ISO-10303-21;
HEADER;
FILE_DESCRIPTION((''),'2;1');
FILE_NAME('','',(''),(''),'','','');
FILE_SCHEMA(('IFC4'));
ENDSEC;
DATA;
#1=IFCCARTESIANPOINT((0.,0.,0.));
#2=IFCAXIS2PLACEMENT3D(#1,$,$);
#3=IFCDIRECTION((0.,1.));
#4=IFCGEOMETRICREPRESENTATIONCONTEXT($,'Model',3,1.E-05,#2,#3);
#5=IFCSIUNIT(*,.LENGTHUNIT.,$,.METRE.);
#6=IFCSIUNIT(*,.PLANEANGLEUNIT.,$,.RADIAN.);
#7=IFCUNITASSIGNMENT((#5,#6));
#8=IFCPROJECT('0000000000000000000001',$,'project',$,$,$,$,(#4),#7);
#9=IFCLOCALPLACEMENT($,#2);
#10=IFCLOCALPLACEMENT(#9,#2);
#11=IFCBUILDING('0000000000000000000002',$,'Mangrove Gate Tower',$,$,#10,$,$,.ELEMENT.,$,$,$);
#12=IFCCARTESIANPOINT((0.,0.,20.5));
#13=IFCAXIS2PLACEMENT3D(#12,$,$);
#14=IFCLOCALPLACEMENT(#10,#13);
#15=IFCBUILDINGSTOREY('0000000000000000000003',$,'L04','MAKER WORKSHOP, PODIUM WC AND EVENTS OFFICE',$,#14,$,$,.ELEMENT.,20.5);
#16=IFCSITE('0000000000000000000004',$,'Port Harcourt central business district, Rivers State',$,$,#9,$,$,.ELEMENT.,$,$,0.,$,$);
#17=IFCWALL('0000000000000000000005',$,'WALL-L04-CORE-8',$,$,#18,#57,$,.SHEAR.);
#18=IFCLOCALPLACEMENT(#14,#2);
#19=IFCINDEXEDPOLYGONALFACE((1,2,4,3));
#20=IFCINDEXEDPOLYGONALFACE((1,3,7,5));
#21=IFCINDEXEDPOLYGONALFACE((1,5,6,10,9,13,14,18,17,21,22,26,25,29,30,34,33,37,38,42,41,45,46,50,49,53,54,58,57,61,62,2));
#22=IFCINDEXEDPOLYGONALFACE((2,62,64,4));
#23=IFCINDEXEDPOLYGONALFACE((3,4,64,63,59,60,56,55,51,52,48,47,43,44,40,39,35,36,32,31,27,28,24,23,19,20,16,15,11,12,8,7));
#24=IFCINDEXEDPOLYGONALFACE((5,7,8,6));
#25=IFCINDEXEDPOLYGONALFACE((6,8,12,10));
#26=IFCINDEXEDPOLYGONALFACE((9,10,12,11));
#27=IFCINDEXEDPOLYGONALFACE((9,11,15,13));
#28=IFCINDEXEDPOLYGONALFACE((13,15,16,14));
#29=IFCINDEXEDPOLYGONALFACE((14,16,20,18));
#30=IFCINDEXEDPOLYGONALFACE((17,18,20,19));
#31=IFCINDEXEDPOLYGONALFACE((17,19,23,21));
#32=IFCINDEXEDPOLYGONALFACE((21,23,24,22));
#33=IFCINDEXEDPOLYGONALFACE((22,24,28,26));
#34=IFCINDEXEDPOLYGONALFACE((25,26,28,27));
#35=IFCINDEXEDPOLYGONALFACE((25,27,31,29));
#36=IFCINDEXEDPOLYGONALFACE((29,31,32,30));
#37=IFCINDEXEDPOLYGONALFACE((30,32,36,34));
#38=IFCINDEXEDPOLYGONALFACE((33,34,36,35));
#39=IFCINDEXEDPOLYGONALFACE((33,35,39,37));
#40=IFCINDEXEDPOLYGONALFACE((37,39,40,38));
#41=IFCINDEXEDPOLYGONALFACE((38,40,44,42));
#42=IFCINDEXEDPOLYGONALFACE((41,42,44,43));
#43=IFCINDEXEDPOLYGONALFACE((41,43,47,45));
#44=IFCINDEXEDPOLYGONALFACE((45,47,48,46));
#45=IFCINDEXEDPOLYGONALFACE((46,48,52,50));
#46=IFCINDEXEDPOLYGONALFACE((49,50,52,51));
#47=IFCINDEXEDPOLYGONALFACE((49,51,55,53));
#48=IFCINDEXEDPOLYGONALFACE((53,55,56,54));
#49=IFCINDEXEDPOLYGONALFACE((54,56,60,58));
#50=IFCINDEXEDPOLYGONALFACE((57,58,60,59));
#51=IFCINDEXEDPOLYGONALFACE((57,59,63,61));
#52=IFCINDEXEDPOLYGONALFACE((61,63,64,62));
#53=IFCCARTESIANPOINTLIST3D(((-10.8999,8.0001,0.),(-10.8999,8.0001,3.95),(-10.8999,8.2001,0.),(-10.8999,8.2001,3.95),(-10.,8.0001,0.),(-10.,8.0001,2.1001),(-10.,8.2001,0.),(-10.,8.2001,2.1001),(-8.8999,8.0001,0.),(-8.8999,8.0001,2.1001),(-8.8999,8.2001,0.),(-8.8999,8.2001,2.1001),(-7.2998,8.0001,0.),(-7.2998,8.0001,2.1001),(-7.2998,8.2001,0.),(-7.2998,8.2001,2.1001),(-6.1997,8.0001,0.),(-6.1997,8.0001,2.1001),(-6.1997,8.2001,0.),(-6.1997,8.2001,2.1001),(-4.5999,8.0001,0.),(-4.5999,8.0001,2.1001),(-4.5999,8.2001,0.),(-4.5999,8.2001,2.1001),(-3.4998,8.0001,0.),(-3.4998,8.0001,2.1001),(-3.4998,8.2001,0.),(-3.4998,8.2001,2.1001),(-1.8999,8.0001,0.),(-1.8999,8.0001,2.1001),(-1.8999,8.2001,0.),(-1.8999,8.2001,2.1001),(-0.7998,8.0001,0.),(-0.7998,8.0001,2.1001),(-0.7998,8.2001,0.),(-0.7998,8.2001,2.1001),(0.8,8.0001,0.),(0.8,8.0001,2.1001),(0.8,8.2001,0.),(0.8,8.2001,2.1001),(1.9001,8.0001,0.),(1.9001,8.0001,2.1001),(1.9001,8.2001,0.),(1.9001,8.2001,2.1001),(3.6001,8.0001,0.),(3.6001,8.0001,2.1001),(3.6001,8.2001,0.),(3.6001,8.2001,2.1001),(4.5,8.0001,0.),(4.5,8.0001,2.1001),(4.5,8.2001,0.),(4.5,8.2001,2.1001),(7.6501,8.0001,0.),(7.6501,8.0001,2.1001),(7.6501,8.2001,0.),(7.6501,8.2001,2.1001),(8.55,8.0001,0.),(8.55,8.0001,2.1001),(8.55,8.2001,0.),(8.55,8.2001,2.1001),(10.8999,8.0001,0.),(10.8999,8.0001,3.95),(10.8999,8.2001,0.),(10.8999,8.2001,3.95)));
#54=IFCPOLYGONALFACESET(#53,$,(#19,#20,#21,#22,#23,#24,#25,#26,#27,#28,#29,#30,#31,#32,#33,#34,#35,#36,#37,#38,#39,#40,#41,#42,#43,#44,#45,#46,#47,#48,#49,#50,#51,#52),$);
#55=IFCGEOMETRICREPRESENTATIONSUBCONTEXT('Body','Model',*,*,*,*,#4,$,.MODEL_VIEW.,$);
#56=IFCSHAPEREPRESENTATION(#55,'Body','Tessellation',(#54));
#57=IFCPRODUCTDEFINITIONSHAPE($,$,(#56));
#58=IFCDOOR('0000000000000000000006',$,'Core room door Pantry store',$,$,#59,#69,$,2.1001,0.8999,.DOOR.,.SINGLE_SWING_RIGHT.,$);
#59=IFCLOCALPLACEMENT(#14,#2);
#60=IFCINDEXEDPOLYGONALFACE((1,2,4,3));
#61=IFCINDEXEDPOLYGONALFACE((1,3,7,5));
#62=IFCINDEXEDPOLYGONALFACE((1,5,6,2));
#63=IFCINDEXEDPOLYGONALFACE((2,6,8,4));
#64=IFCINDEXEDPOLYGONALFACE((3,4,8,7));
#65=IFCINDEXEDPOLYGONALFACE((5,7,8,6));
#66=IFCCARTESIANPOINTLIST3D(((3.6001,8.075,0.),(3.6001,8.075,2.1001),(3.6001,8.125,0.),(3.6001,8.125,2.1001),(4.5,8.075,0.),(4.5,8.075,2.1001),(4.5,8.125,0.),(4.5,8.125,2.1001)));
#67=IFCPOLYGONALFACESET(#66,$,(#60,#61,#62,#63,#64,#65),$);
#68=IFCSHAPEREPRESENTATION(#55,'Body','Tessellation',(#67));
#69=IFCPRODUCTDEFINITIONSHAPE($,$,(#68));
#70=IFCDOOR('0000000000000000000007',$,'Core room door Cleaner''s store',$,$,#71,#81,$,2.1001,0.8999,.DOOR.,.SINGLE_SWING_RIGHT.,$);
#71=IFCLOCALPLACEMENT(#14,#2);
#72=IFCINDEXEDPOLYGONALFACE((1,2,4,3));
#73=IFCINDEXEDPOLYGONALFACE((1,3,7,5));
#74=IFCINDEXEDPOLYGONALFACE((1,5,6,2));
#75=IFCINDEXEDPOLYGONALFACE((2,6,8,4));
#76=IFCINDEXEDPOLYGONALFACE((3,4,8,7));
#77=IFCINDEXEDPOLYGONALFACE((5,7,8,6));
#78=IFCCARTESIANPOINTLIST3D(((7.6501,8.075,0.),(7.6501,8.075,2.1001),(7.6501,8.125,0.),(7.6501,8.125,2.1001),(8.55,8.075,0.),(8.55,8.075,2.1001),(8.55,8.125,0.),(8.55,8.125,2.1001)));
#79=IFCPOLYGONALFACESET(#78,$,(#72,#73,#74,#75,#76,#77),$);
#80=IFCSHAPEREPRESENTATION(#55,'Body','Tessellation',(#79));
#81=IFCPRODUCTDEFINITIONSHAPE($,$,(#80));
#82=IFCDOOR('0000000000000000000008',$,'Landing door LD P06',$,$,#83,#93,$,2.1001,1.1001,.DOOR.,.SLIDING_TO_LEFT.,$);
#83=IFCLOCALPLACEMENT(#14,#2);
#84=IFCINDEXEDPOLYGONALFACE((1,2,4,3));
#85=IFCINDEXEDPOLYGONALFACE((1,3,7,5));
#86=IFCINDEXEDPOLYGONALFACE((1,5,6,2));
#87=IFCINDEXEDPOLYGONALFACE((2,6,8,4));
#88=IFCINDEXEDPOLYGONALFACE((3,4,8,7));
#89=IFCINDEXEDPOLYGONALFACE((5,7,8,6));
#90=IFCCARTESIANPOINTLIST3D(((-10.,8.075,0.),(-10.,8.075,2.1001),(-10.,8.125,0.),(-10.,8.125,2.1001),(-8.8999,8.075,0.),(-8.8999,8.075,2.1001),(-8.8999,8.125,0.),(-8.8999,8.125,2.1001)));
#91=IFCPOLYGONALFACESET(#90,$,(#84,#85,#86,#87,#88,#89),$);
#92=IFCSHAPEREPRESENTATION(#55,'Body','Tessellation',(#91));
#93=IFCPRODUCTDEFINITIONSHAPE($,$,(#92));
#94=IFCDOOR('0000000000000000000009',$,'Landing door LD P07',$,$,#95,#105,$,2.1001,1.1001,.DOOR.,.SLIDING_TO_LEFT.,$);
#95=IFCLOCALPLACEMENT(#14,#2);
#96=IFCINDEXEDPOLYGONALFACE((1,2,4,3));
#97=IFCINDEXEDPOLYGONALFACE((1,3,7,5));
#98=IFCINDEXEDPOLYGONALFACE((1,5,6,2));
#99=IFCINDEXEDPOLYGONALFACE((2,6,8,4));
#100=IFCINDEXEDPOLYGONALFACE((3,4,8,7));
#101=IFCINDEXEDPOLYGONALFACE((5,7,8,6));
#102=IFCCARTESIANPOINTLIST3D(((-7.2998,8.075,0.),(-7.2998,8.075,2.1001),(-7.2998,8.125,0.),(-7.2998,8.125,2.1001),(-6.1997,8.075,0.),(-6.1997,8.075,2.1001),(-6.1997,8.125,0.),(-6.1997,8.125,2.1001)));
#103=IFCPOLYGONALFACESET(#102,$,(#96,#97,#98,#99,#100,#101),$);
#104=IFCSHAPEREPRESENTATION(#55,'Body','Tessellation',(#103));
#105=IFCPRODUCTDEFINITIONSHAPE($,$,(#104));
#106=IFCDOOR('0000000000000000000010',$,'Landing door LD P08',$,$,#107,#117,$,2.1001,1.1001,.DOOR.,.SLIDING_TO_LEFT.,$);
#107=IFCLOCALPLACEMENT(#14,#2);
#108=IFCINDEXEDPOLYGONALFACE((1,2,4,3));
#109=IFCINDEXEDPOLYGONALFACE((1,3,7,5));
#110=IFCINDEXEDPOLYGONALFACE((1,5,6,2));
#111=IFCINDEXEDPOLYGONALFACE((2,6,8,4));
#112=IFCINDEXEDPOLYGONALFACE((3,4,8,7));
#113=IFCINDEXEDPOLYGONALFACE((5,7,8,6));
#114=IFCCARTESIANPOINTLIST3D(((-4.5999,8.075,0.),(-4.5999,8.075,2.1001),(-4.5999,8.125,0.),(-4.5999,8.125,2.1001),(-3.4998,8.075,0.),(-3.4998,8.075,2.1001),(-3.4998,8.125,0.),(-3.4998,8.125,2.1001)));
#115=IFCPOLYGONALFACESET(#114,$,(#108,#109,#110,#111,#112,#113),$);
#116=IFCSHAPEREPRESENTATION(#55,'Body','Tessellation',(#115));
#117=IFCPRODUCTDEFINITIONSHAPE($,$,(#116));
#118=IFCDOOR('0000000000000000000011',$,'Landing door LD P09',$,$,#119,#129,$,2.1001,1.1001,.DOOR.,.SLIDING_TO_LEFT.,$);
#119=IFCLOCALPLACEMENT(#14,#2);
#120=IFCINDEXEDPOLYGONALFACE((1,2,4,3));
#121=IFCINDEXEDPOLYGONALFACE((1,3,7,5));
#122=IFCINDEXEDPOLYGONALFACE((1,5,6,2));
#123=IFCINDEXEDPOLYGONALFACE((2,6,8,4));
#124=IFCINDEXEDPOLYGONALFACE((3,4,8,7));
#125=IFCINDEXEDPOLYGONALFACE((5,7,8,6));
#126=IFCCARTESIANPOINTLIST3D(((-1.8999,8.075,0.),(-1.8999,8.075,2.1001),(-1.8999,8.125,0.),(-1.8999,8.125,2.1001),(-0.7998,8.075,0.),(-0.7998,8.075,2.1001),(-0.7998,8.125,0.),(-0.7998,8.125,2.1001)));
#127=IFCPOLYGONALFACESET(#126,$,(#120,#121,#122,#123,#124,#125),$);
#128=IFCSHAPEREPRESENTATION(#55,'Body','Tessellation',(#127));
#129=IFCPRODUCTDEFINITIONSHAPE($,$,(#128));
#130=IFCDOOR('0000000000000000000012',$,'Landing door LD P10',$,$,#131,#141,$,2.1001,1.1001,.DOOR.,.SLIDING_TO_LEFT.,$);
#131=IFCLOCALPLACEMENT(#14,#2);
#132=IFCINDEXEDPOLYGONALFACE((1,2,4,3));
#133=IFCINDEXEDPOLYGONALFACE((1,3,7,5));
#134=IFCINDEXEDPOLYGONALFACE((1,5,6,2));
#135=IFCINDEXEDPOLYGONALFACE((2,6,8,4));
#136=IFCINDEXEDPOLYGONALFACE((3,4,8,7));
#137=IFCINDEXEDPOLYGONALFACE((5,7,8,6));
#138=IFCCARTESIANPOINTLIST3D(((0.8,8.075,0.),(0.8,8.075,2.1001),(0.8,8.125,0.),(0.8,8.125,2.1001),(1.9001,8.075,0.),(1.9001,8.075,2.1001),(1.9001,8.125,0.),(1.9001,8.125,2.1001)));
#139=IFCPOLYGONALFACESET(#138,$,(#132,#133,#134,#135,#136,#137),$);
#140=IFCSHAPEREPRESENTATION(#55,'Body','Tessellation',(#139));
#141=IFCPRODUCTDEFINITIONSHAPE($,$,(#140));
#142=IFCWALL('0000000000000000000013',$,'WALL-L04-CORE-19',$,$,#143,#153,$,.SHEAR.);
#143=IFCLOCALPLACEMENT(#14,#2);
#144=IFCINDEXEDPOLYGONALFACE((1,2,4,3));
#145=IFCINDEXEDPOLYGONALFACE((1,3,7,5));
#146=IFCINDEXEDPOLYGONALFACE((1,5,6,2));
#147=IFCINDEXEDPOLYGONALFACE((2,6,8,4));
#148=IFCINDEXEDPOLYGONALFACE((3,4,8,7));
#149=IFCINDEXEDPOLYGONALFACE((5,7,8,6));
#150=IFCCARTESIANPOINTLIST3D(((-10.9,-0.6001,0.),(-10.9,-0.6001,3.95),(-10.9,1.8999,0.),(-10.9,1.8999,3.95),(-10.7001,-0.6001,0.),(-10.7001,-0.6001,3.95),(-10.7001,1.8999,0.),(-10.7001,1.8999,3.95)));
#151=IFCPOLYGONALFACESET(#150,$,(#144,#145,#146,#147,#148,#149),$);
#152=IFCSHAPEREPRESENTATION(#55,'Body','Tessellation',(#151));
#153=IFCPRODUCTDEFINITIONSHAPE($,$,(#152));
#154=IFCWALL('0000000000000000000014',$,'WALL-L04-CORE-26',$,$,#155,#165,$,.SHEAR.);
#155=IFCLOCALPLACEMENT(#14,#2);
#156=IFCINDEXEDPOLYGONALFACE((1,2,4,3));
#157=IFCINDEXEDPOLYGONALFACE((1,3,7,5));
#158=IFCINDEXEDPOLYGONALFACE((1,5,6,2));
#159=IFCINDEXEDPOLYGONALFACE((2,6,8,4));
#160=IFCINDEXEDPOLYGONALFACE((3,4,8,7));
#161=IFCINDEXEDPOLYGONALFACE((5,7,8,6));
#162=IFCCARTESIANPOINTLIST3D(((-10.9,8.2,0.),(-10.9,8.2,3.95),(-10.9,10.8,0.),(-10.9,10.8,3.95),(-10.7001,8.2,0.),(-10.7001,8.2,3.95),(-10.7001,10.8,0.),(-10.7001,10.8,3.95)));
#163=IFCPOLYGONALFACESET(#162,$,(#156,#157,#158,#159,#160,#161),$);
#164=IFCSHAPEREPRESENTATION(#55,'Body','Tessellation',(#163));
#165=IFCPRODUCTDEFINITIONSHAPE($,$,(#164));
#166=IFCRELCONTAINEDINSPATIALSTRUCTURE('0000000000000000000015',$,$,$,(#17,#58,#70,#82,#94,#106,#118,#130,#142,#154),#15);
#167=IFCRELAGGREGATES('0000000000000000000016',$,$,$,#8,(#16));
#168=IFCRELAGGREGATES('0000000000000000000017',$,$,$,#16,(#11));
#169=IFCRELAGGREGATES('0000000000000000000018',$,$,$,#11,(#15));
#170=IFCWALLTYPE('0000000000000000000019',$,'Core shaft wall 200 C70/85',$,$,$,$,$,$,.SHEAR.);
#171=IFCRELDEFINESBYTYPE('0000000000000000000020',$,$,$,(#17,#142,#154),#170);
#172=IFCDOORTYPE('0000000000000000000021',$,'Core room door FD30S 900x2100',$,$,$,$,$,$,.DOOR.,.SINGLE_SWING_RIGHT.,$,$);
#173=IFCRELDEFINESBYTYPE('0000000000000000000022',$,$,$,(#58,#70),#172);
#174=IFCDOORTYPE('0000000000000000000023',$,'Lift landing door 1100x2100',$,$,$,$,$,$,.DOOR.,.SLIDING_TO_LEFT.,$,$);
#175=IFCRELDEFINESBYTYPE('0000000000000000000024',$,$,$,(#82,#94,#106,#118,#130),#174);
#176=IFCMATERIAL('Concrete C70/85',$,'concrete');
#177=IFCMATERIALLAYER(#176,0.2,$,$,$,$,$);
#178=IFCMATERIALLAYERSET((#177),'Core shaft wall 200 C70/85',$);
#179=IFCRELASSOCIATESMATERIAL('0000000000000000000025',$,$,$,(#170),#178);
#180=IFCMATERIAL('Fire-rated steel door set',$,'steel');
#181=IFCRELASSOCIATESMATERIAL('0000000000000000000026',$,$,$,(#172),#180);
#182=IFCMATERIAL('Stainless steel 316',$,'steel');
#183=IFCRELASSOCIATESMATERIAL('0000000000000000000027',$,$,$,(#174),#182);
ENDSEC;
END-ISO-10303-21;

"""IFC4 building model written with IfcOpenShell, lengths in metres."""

from ifc_helpers import new_model, si_unit, direction, frame, frame_2d, origin, place, context, subcontext, project, spatial, rectangle, extrude, material, layer, layer_set, type_object, element, fill, save


model = new_model("IFC4")

# Units and contexts
model_context = context("Model", 3, precision=1e-05, world=origin(), true_north=direction((0.0, 1.0)))
body_context = subcontext(model_context, "Body", "Model", "MODEL_VIEW")
ifc_project = project(units=[si_unit("LENGTHUNIT", "METRE"), si_unit("PLANEANGLEUNIT", "RADIAN")], contexts=[model_context])

# Site, building, storey
site_placement = place(None, origin())
site = spatial("IfcSite", under=ifc_project, at=site_placement, Name="Port Harcourt central business district, Rivers State", CompositionType="ELEMENT", RefElevation=0.0)
building_placement = place(site_placement, origin())
building = spatial("IfcBuilding", under=site, at=building_placement, Name="Mangrove Gate Tower", CompositionType="ELEMENT")
storey_placement = place(building_placement, frame((0.0, 0.0, 20.5)))
storey = spatial("IfcBuildingStorey", under=building, at=storey_placement, Name="L04", Description="MAKER WORKSHOP, PODIUM WC AND EVENTS OFFICE", CompositionType="ELEMENT", Elevation=20.5)

# Shared definitions
ifc_material_1 = material(Name="Concrete C70/85", Category="concrete")
ifc_layer = layer(ifc_material_1, 0.2)
ifc_layer_set = layer_set([ifc_layer], Name="Core shaft wall 200 C70/85")
wall_type = type_object("IfcWallType", Name="Core shaft wall 200 C70/85", PredefinedType="SHEAR", material=ifc_layer_set)

# Wall, openings, doors
ifc_material_2 = material(Name="Fire-rated steel door set", Category="steel")
door_type_1 = type_object("IfcDoorType", Name="Core room door FD30S 900x2100", OperationType="SINGLE_SWING_RIGHT", PredefinedType="DOOR", material=ifc_material_2)
ifc_material_3 = material(Name="Stainless steel 316", Category="steel")
door_type_2 = type_object("IfcDoorType", Name="Lift landing door 1100x2100", OperationType="SLIDING_TO_LEFT", PredefinedType="DOOR", material=ifc_material_3)
wall_1_placement = place(storey_placement, frame((-10.8999, 8.1001, 0.0), z_axis=(0.0, 0.0, 1.0), x_axis=(1.0, 0.0, 0.0)))
wall_1 = element("IfcWall", 1, at=wall_1_placement, inside=storey, type_object=wall_type, Name="WALL-L04-CORE-8", PredefinedType="SHEAR", context=body_context, shape_type="SweptSolid", body=[
    extrude(rectangle(XDim=21.7998, YDim=0.2, at=frame_2d((10.8999, 0.0))), origin(), (0.0, 0.0, 1.0), 3.95),
])
opening_1_placement = place(wall_1_placement, frame((0.8999, 0.0, 0.0)))
opening_1 = element("IfcOpeningElement", 2, at=opening_1_placement, cuts=wall_1, PredefinedType="OPENING", context=body_context, shape_type="SweptSolid", body=[
    extrude(rectangle(XDim=1.1001, YDim=2.1001, at=frame_2d((0.55, 1.05))), frame((0.0, 0.1099, 0.0), z_axis=(0.0, -1.0, 0.0), x_axis=(1.0, 0.0, 0.0)), (0.0, 0.0, 1.0), 0.22),
])
opening_2_placement = place(wall_1_placement, frame((3.6001, 0.0, 0.0)))
opening_2 = element("IfcOpeningElement", 3, at=opening_2_placement, cuts=wall_1, PredefinedType="OPENING", context=body_context, shape_type="SweptSolid", body=[
    extrude(rectangle(XDim=1.1001, YDim=2.1001, at=frame_2d((0.55, 1.05))), frame((0.0, 0.1099, 0.0), z_axis=(0.0, -1.0, 0.0), x_axis=(1.0, 0.0, 0.0)), (0.0, 0.0, 1.0), 0.22),
])
opening_3_placement = place(wall_1_placement, frame((6.3, 0.0, 0.0)))
opening_3 = element("IfcOpeningElement", 4, at=opening_3_placement, cuts=wall_1, PredefinedType="OPENING", context=body_context, shape_type="SweptSolid", body=[
    extrude(rectangle(XDim=1.1001, YDim=2.1001, at=frame_2d((0.55, 1.05))), frame((0.0, 0.1099, 0.0), z_axis=(0.0, -1.0, 0.0), x_axis=(1.0, 0.0, 0.0)), (0.0, 0.0, 1.0), 0.22),
])
opening_4_placement = place(wall_1_placement, frame((9.0, 0.0, 0.0)))
opening_4 = element("IfcOpeningElement", 5, at=opening_4_placement, cuts=wall_1, PredefinedType="OPENING", context=body_context, shape_type="SweptSolid", body=[
    extrude(rectangle(XDim=1.1001, YDim=2.1001, at=frame_2d((0.55, 1.05))), frame((0.0, 0.1099, 0.0), z_axis=(0.0, -1.0, 0.0), x_axis=(1.0, 0.0, 0.0)), (0.0, 0.0, 1.0), 0.22),
])
opening_5_placement = place(wall_1_placement, frame((11.7, 0.0, 0.0)))
opening_5 = element("IfcOpeningElement", 6, at=opening_5_placement, cuts=wall_1, PredefinedType="OPENING", context=body_context, shape_type="SweptSolid", body=[
    extrude(rectangle(XDim=1.1001, YDim=2.1001, at=frame_2d((0.55, 1.05))), frame((0.0, 0.1099, 0.0), z_axis=(0.0, -1.0, 0.0), x_axis=(1.0, 0.0, 0.0)), (0.0, 0.0, 1.0), 0.22),
])
opening_6_placement = place(wall_1_placement, frame((14.5, 0.0, 0.0)))
opening_6 = element("IfcOpeningElement", 7, at=opening_6_placement, cuts=wall_1, PredefinedType="OPENING", context=body_context, shape_type="SweptSolid", body=[
    extrude(rectangle(XDim=0.8999, YDim=2.1001, at=frame_2d((0.45, 1.05))), frame((0.0, 0.1099, 0.0), z_axis=(0.0, -1.0, 0.0), x_axis=(1.0, 0.0, 0.0)), (0.0, 0.0, 1.0), 0.22),
])
opening_7_placement = place(wall_1_placement, frame((18.55, 0.0, 0.0)))
opening_7 = element("IfcOpeningElement", 8, at=opening_7_placement, cuts=wall_1, PredefinedType="OPENING", context=body_context, shape_type="SweptSolid", body=[
    extrude(rectangle(XDim=0.8999, YDim=2.1001, at=frame_2d((0.45, 1.05))), frame((0.0, 0.1099, 0.0), z_axis=(0.0, -1.0, 0.0), x_axis=(1.0, 0.0, 0.0)), (0.0, 0.0, 1.0), 0.22),
])
door_1_placement = place(opening_6_placement, origin())
door_1 = element("IfcDoor", 9, at=door_1_placement, inside=storey, type_object=door_type_1, Name="Core room door Pantry store", OperationType="SINGLE_SWING_RIGHT", OverallHeight=2.1001, OverallWidth=0.8999, PredefinedType="DOOR", context=body_context, shape_type="SweptSolid", body=[
    extrude(rectangle(XDim=0.8999, YDim=2.1001, at=frame_2d((0.45, 1.05))), frame((0.0, 0.0249, 0.0), z_axis=(0.0, -1.0, 0.0), x_axis=(1.0, 0.0, 0.0)), (0.0, 0.0, 1.0), 0.05),
])
fill(opening_6, door_1)
door_2_placement = place(opening_7_placement, origin())
door_2 = element("IfcDoor", 10, at=door_2_placement, inside=storey, type_object=door_type_1, Name="Core room door Cleaner's store", OperationType="SINGLE_SWING_RIGHT", OverallHeight=2.1001, OverallWidth=0.8999, PredefinedType="DOOR", context=body_context, shape_type="SweptSolid", body=[
    extrude(rectangle(XDim=0.8999, YDim=2.1001, at=frame_2d((0.45, 1.05))), frame((0.0, 0.0249, 0.0), z_axis=(0.0, -1.0, 0.0), x_axis=(1.0, 0.0, 0.0)), (0.0, 0.0, 1.0), 0.05),
])
fill(opening_7, door_2)
door_3_placement = place(opening_1_placement, origin())
door_3 = element("IfcDoor", 11, at=door_3_placement, inside=storey, type_object=door_type_2, Name="Landing door LD P06", OperationType="SLIDING_TO_LEFT", OverallHeight=2.1001, OverallWidth=1.1001, PredefinedType="DOOR", context=body_context, shape_type="SweptSolid", body=[
    extrude(rectangle(XDim=1.1001, YDim=2.1001, at=frame_2d((0.55, 1.05))), frame((0.0, 0.0249, 0.0), z_axis=(0.0, -1.0, 0.0), x_axis=(1.0, 0.0, 0.0)), (0.0, 0.0, 1.0), 0.05),
])
fill(opening_1, door_3)
door_4_placement = place(opening_2_placement, origin())
door_4 = element("IfcDoor", 12, at=door_4_placement, inside=storey, type_object=door_type_2, Name="Landing door LD P07", OperationType="SLIDING_TO_LEFT", OverallHeight=2.1001, OverallWidth=1.1001, PredefinedType="DOOR", context=body_context, shape_type="SweptSolid", body=[
    extrude(rectangle(XDim=1.1001, YDim=2.1001, at=frame_2d((0.55, 1.05))), frame((0.0, 0.0249, 0.0), z_axis=(0.0, -1.0, 0.0), x_axis=(1.0, 0.0, 0.0)), (0.0, 0.0, 1.0), 0.05),
])
fill(opening_2, door_4)
door_5_placement = place(opening_3_placement, origin())
door_5 = element("IfcDoor", 13, at=door_5_placement, inside=storey, type_object=door_type_2, Name="Landing door LD P08", OperationType="SLIDING_TO_LEFT", OverallHeight=2.1001, OverallWidth=1.1001, PredefinedType="DOOR", context=body_context, shape_type="SweptSolid", body=[
    extrude(rectangle(XDim=1.1001, YDim=2.1001, at=frame_2d((0.55, 1.05))), frame((0.0, 0.0249, 0.0), z_axis=(0.0, -1.0, 0.0), x_axis=(1.0, 0.0, 0.0)), (0.0, 0.0, 1.0), 0.05),
])
fill(opening_3, door_5)
door_6_placement = place(opening_4_placement, origin())
door_6 = element("IfcDoor", 14, at=door_6_placement, inside=storey, type_object=door_type_2, Name="Landing door LD P09", OperationType="SLIDING_TO_LEFT", OverallHeight=2.1001, OverallWidth=1.1001, PredefinedType="DOOR", context=body_context, shape_type="SweptSolid", body=[
    extrude(rectangle(XDim=1.1001, YDim=2.1001, at=frame_2d((0.55, 1.05))), frame((0.0, 0.0249, 0.0), z_axis=(0.0, -1.0, 0.0), x_axis=(1.0, 0.0, 0.0)), (0.0, 0.0, 1.0), 0.05),
])
fill(opening_4, door_6)
door_7_placement = place(opening_5_placement, origin())
door_7 = element("IfcDoor", 15, at=door_7_placement, inside=storey, type_object=door_type_2, Name="Landing door LD P10", OperationType="SLIDING_TO_LEFT", OverallHeight=2.1001, OverallWidth=1.1001, PredefinedType="DOOR", context=body_context, shape_type="SweptSolid", body=[
    extrude(rectangle(XDim=1.1001, YDim=2.1001, at=frame_2d((0.55, 1.05))), frame((0.0, 0.0249, 0.0), z_axis=(0.0, -1.0, 0.0), x_axis=(1.0, 0.0, 0.0)), (0.0, 0.0, 1.0), 0.05),
])
fill(opening_5, door_7)

# Walls
wall_2_placement = place(storey_placement, frame((-10.8, -0.6001, 0.0), z_axis=(0.0, 0.0, 1.0), x_axis=(0.0, 1.0, 0.0)))
element("IfcWall", 16, at=wall_2_placement, inside=storey, type_object=wall_type, Name="WALL-L04-CORE-19", PredefinedType="SHEAR", context=body_context, shape_type="SweptSolid", body=[
    extrude(rectangle(XDim=2.5, YDim=0.2, at=frame_2d((1.25, 0.0))), origin(), (0.0, 0.0, 1.0), 3.95),
])
wall_3_placement = place(storey_placement, frame((-10.8, 8.2, 0.0), z_axis=(0.0, 0.0, 1.0), x_axis=(0.0, 1.0, 0.0)))
element("IfcWall", 17, at=wall_3_placement, inside=storey, type_object=wall_type, Name="WALL-L04-CORE-26", PredefinedType="SHEAR", context=body_context, shape_type="SweptSolid", body=[
    extrude(rectangle(XDim=2.6001, YDim=0.2, at=frame_2d((1.3, 0.0))), origin(), (0.0, 0.0, 1.0), 3.95),
])

save(model, "model.ifc")
